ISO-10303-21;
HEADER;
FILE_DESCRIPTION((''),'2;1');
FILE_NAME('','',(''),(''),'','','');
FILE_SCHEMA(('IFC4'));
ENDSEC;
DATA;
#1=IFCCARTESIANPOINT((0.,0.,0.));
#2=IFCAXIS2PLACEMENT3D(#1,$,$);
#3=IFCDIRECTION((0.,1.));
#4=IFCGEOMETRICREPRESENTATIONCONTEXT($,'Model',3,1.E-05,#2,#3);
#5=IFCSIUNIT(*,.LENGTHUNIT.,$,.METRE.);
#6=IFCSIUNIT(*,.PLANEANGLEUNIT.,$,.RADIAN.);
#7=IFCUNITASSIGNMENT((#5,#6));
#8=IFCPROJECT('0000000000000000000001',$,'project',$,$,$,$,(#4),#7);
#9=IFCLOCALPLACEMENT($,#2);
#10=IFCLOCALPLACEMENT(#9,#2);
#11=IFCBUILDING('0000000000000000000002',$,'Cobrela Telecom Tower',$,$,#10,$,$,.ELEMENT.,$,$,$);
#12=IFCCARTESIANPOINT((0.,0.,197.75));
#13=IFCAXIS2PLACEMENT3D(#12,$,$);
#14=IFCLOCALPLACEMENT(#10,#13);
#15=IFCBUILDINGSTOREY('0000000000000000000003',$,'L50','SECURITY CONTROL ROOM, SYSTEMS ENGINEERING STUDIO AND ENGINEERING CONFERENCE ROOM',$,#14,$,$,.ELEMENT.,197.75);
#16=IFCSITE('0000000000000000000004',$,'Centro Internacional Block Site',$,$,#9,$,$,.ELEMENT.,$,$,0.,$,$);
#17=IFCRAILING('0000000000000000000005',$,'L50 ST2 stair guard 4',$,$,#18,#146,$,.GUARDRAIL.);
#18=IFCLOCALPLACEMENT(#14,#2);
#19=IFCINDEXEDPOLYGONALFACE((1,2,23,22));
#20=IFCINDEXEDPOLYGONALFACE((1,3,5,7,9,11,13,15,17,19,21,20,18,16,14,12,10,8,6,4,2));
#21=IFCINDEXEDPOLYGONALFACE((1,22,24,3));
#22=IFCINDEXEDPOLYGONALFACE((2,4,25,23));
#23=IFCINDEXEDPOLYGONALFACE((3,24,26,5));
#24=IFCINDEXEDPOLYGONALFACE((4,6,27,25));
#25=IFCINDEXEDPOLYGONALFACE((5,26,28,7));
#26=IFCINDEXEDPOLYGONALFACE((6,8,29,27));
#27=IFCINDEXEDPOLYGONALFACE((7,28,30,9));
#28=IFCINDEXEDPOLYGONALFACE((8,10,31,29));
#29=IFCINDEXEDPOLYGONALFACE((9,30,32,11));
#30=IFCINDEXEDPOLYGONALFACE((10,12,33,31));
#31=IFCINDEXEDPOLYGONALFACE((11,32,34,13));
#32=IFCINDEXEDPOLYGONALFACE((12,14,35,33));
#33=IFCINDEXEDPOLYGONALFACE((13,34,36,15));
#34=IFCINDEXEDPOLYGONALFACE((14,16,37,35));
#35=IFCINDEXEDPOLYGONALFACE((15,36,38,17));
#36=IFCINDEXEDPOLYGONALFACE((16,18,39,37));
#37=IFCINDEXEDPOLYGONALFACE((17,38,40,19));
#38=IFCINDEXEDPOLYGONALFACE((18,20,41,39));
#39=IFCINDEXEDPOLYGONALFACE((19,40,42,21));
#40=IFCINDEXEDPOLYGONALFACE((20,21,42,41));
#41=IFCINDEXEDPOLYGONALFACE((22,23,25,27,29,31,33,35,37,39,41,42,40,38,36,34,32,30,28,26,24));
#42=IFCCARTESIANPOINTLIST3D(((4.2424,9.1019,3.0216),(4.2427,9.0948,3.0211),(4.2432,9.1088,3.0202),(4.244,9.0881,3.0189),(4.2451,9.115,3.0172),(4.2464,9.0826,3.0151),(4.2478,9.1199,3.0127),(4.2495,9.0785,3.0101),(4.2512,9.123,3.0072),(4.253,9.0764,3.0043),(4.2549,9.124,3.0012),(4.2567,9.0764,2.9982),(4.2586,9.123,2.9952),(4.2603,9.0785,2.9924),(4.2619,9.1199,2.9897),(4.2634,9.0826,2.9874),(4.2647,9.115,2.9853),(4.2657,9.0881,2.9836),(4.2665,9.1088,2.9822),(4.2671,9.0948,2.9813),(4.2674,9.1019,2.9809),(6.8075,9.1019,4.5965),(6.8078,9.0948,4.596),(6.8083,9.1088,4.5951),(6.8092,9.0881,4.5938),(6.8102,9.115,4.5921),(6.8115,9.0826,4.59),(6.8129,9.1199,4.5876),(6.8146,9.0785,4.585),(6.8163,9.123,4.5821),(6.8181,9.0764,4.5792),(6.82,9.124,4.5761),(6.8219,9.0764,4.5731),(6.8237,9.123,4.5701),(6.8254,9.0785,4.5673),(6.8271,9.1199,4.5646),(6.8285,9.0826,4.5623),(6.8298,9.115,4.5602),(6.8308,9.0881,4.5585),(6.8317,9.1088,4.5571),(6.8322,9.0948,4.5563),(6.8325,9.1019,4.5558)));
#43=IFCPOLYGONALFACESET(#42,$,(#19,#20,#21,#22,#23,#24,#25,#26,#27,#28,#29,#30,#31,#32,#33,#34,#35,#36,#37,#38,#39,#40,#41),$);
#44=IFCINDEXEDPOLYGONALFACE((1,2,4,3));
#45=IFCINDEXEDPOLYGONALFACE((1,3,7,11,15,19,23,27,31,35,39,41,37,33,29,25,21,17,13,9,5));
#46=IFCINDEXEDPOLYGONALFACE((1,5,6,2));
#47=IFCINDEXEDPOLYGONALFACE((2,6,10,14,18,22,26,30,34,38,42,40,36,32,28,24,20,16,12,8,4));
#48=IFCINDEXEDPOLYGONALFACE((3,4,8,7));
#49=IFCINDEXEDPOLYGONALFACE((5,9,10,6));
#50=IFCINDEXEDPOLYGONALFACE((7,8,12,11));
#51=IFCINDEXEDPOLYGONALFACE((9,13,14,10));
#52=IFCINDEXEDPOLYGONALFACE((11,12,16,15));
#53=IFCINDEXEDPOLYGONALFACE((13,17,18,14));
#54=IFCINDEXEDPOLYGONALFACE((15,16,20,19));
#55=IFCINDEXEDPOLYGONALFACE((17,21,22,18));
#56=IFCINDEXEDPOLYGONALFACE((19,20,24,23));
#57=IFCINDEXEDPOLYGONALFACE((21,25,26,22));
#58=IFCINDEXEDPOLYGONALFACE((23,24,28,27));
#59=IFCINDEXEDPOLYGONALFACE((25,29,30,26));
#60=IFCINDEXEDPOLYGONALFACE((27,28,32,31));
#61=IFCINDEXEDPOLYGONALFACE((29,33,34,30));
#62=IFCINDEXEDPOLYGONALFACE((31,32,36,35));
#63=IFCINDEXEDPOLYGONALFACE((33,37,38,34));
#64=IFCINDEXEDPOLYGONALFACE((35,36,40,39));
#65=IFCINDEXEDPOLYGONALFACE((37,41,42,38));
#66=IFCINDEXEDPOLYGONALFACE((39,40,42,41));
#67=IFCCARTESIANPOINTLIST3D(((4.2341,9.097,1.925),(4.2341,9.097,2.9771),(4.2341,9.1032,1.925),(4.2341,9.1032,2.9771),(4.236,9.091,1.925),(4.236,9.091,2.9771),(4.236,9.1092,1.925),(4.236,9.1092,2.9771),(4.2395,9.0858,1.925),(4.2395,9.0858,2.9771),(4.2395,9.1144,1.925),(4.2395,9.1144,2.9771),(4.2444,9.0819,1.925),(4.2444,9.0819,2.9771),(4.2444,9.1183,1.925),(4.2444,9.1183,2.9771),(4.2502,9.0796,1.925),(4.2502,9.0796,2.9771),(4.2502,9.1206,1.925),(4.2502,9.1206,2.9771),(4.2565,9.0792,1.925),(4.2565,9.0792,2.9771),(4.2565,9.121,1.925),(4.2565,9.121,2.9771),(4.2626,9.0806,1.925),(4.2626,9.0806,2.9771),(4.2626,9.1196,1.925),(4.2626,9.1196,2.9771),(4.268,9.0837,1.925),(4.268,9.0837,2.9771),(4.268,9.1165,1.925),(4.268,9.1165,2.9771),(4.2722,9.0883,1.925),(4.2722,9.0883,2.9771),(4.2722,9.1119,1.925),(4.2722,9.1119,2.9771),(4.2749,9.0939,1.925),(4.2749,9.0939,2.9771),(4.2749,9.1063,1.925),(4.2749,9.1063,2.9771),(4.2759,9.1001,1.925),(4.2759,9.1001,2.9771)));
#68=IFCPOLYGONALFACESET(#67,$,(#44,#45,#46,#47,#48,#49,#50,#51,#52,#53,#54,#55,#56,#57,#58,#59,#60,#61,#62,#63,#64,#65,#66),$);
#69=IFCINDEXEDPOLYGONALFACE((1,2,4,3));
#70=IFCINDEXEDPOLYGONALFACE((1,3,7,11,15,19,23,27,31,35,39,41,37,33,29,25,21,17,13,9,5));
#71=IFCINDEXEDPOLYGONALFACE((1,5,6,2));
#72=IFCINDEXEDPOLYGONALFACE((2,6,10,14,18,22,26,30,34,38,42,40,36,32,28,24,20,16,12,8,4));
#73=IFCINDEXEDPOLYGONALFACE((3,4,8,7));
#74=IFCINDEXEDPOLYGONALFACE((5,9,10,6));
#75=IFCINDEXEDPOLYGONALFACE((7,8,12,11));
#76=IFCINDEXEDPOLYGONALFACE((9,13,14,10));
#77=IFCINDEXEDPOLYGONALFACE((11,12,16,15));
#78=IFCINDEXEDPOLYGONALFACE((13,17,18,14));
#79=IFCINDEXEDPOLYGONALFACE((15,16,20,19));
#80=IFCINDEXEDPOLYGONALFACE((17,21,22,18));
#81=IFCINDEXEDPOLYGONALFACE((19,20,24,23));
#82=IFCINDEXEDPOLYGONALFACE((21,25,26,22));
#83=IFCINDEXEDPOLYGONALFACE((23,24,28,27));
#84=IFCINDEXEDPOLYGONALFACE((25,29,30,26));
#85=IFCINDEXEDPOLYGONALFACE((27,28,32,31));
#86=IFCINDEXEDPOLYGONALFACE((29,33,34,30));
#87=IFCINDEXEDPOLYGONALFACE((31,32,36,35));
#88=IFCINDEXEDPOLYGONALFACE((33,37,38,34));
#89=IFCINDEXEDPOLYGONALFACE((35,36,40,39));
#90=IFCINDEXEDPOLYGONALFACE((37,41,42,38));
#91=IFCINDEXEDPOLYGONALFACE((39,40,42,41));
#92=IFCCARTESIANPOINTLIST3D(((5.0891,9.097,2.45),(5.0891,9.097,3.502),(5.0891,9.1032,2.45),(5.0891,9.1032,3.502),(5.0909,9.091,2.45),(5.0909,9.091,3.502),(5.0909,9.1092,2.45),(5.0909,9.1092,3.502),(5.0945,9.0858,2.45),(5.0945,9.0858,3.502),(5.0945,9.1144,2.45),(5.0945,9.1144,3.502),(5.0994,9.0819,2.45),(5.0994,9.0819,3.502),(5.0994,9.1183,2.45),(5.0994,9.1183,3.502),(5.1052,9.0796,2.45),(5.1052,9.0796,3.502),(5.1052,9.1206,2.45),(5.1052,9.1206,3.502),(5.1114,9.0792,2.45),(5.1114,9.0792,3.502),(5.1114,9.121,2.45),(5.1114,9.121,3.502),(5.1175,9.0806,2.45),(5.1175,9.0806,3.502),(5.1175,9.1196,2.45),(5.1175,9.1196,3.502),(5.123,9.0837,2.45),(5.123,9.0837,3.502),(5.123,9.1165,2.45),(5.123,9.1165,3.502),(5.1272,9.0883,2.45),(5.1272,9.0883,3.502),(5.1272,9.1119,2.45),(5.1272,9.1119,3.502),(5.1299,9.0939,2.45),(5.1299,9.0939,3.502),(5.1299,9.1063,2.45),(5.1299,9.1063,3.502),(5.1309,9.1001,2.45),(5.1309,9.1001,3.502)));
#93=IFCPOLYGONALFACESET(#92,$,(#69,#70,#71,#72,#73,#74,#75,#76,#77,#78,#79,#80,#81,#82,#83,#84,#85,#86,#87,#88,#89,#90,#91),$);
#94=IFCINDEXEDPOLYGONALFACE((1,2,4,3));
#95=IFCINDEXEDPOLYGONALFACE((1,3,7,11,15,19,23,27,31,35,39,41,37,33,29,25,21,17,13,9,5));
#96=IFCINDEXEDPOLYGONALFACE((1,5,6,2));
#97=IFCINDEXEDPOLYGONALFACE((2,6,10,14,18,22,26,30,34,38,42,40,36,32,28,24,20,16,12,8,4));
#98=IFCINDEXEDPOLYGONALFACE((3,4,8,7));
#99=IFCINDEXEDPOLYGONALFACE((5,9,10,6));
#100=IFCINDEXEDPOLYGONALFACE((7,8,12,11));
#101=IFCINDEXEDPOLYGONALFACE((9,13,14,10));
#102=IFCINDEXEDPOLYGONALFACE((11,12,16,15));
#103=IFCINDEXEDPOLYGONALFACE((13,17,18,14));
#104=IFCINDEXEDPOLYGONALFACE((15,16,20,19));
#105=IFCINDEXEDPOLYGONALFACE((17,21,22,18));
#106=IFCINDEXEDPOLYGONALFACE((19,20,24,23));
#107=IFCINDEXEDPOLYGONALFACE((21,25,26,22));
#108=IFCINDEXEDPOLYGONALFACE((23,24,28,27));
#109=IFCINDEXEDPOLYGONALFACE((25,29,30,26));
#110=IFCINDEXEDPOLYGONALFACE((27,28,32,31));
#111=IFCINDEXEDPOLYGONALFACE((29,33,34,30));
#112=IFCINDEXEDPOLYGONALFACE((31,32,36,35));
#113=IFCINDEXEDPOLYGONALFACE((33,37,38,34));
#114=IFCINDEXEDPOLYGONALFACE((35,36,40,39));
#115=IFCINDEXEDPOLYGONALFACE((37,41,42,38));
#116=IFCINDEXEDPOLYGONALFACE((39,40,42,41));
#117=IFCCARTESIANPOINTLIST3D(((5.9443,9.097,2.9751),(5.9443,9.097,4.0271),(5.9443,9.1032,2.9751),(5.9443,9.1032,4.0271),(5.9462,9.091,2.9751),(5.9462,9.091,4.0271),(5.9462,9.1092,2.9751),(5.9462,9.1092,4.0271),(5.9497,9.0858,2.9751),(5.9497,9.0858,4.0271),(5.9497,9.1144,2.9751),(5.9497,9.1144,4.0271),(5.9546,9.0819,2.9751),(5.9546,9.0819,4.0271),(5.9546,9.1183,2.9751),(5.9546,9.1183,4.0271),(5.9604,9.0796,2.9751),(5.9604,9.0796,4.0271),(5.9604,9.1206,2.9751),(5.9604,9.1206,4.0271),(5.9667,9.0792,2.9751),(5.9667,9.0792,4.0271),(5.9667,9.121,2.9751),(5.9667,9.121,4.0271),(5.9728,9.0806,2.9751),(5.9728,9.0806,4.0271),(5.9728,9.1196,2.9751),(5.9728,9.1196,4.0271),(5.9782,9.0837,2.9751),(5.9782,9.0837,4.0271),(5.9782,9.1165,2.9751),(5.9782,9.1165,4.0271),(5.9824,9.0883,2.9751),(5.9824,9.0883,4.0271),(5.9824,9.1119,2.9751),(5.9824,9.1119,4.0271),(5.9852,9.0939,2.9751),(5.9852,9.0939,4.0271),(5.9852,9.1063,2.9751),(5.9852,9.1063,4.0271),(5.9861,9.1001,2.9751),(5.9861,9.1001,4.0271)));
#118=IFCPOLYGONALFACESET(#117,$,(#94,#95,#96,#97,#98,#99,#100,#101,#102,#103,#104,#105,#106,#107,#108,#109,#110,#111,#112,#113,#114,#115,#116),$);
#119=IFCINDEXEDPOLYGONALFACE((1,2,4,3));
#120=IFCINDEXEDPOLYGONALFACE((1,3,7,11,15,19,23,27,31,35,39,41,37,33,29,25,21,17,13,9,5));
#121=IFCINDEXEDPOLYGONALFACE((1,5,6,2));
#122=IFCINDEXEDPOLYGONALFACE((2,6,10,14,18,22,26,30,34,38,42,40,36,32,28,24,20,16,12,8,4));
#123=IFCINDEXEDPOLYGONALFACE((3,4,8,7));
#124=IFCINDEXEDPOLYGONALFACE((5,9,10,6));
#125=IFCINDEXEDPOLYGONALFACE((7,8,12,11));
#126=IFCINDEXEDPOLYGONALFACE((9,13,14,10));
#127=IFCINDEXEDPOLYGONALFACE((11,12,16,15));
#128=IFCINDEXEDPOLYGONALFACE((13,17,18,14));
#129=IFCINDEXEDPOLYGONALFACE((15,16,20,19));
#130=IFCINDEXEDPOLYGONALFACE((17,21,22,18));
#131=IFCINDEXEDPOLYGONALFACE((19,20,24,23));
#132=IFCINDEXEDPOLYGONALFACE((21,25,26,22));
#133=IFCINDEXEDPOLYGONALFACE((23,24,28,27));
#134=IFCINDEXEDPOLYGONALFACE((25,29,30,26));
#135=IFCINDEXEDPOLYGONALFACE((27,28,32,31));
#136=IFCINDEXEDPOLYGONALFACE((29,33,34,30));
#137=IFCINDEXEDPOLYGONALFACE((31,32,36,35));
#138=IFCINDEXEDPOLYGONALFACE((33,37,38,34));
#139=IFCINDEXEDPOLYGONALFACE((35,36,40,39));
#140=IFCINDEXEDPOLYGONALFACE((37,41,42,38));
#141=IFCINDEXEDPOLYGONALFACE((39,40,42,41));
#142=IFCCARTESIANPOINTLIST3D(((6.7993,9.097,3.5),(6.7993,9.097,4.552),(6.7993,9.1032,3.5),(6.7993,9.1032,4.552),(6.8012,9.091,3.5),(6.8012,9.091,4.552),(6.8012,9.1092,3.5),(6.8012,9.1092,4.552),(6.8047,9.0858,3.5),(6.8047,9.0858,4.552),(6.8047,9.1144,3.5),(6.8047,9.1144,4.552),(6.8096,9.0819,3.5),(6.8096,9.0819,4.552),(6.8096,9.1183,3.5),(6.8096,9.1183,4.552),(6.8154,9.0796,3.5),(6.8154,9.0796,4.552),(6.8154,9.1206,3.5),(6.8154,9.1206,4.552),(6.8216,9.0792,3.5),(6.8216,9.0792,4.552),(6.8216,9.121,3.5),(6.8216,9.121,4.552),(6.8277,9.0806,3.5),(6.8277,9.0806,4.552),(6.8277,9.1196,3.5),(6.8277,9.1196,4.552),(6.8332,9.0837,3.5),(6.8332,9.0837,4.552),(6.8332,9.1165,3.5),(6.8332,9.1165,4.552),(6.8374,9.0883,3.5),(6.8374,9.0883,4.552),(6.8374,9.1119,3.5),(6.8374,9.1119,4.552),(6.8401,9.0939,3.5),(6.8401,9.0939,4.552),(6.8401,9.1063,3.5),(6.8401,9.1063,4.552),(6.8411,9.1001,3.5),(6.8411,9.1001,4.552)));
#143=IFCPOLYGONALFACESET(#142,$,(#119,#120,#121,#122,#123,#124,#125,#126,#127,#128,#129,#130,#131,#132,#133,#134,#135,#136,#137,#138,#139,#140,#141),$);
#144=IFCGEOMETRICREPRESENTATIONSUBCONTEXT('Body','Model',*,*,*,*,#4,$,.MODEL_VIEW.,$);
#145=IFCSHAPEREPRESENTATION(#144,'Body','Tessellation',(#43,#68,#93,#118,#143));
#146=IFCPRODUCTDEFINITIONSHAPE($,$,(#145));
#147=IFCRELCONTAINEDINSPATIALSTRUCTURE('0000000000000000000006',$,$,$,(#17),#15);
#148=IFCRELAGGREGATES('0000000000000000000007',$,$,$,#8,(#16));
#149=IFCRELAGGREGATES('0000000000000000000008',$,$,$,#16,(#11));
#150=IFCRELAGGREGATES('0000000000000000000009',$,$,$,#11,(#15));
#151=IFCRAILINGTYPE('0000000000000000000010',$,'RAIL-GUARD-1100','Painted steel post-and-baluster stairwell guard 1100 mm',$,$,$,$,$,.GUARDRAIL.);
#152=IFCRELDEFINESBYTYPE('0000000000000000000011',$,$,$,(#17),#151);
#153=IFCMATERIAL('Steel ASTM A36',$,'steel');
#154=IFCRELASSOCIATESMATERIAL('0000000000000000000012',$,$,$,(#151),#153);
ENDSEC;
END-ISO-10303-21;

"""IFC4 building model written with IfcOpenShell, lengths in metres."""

from ifc_helpers import new_model, si_unit, direction, frame, origin, origin_2d, place, context, subcontext, project, spatial, circle, extrude, material, type_object, element, save


model = new_model("IFC4")

# Units and contexts
model_context = context("Model", 3, precision=1e-05, world=origin(), true_north=direction((0.0, 1.0)))
body_context = subcontext(model_context, "Body", "Model", "MODEL_VIEW")
ifc_project = project(units=[si_unit("LENGTHUNIT", "METRE"), si_unit("PLANEANGLEUNIT", "RADIAN")], contexts=[model_context])

# Site, building, storey
site_placement = place(None, origin())
site = spatial("IfcSite", under=ifc_project, at=site_placement, Name="Centro Internacional Block Site", CompositionType="ELEMENT", RefElevation=0.0)
building_placement = place(site_placement, origin())
building = spatial("IfcBuilding", under=site, at=building_placement, Name="Cobrela Telecom Tower", CompositionType="ELEMENT")
storey_placement = place(building_placement, frame((0.0, 0.0, 197.75)))
storey = spatial("IfcBuildingStorey", under=building, at=storey_placement, Name="L50", Description="SECURITY CONTROL ROOM, SYSTEMS ENGINEERING STUDIO AND ENGINEERING CONFERENCE ROOM", CompositionType="ELEMENT", Elevation=197.75)

# Shared definitions
ifc_material_1 = material(Name="Steel ASTM A36", Category="steel")

# Railing
railing_type = type_object("IfcRailingType", Name="RAIL-GUARD-1100", Description="Painted steel post-and-baluster stairwell guard 1100 mm", PredefinedType="GUARDRAIL", material=ifc_material_1)
railing_1_placement = place(storey_placement, frame((4.2549, 9.1001, 1.925)))
element("IfcRailing", 1, at=railing_1_placement, inside=storey, type_object=railing_type, Name="L50 ST2 stair guard 4", PredefinedType="GUARDRAIL", context=body_context, shape_type="SweptSolid", body=[
    extrude(circle(Radius=0.0239, at=origin_2d()), frame((0.0, 0.0, 1.0762), z_axis=(0.852195, 0.0, 0.523224), x_axis=(0.0, 1.0, 0.0)), (0.0, 0.0, 1.0), 3.01),
    extrude(circle(Radius=0.021, at=origin_2d()), origin(), (0.0, 0.0, 1.0), 1.052),
    extrude(circle(Radius=0.021, at=origin_2d()), frame((0.855, 0.0, 0.5249)), (0.0, 0.0, 1.0), 1.052),
    extrude(circle(Radius=0.021, at=origin_2d()), frame((1.7102, 0.0, 1.05)), (0.0, 0.0, 1.0), 1.052),
    extrude(circle(Radius=0.021, at=origin_2d()), frame((2.5652, 0.0, 1.575)), (0.0, 0.0, 1.0), 1.052),
])

save(model, "model.ifc")
